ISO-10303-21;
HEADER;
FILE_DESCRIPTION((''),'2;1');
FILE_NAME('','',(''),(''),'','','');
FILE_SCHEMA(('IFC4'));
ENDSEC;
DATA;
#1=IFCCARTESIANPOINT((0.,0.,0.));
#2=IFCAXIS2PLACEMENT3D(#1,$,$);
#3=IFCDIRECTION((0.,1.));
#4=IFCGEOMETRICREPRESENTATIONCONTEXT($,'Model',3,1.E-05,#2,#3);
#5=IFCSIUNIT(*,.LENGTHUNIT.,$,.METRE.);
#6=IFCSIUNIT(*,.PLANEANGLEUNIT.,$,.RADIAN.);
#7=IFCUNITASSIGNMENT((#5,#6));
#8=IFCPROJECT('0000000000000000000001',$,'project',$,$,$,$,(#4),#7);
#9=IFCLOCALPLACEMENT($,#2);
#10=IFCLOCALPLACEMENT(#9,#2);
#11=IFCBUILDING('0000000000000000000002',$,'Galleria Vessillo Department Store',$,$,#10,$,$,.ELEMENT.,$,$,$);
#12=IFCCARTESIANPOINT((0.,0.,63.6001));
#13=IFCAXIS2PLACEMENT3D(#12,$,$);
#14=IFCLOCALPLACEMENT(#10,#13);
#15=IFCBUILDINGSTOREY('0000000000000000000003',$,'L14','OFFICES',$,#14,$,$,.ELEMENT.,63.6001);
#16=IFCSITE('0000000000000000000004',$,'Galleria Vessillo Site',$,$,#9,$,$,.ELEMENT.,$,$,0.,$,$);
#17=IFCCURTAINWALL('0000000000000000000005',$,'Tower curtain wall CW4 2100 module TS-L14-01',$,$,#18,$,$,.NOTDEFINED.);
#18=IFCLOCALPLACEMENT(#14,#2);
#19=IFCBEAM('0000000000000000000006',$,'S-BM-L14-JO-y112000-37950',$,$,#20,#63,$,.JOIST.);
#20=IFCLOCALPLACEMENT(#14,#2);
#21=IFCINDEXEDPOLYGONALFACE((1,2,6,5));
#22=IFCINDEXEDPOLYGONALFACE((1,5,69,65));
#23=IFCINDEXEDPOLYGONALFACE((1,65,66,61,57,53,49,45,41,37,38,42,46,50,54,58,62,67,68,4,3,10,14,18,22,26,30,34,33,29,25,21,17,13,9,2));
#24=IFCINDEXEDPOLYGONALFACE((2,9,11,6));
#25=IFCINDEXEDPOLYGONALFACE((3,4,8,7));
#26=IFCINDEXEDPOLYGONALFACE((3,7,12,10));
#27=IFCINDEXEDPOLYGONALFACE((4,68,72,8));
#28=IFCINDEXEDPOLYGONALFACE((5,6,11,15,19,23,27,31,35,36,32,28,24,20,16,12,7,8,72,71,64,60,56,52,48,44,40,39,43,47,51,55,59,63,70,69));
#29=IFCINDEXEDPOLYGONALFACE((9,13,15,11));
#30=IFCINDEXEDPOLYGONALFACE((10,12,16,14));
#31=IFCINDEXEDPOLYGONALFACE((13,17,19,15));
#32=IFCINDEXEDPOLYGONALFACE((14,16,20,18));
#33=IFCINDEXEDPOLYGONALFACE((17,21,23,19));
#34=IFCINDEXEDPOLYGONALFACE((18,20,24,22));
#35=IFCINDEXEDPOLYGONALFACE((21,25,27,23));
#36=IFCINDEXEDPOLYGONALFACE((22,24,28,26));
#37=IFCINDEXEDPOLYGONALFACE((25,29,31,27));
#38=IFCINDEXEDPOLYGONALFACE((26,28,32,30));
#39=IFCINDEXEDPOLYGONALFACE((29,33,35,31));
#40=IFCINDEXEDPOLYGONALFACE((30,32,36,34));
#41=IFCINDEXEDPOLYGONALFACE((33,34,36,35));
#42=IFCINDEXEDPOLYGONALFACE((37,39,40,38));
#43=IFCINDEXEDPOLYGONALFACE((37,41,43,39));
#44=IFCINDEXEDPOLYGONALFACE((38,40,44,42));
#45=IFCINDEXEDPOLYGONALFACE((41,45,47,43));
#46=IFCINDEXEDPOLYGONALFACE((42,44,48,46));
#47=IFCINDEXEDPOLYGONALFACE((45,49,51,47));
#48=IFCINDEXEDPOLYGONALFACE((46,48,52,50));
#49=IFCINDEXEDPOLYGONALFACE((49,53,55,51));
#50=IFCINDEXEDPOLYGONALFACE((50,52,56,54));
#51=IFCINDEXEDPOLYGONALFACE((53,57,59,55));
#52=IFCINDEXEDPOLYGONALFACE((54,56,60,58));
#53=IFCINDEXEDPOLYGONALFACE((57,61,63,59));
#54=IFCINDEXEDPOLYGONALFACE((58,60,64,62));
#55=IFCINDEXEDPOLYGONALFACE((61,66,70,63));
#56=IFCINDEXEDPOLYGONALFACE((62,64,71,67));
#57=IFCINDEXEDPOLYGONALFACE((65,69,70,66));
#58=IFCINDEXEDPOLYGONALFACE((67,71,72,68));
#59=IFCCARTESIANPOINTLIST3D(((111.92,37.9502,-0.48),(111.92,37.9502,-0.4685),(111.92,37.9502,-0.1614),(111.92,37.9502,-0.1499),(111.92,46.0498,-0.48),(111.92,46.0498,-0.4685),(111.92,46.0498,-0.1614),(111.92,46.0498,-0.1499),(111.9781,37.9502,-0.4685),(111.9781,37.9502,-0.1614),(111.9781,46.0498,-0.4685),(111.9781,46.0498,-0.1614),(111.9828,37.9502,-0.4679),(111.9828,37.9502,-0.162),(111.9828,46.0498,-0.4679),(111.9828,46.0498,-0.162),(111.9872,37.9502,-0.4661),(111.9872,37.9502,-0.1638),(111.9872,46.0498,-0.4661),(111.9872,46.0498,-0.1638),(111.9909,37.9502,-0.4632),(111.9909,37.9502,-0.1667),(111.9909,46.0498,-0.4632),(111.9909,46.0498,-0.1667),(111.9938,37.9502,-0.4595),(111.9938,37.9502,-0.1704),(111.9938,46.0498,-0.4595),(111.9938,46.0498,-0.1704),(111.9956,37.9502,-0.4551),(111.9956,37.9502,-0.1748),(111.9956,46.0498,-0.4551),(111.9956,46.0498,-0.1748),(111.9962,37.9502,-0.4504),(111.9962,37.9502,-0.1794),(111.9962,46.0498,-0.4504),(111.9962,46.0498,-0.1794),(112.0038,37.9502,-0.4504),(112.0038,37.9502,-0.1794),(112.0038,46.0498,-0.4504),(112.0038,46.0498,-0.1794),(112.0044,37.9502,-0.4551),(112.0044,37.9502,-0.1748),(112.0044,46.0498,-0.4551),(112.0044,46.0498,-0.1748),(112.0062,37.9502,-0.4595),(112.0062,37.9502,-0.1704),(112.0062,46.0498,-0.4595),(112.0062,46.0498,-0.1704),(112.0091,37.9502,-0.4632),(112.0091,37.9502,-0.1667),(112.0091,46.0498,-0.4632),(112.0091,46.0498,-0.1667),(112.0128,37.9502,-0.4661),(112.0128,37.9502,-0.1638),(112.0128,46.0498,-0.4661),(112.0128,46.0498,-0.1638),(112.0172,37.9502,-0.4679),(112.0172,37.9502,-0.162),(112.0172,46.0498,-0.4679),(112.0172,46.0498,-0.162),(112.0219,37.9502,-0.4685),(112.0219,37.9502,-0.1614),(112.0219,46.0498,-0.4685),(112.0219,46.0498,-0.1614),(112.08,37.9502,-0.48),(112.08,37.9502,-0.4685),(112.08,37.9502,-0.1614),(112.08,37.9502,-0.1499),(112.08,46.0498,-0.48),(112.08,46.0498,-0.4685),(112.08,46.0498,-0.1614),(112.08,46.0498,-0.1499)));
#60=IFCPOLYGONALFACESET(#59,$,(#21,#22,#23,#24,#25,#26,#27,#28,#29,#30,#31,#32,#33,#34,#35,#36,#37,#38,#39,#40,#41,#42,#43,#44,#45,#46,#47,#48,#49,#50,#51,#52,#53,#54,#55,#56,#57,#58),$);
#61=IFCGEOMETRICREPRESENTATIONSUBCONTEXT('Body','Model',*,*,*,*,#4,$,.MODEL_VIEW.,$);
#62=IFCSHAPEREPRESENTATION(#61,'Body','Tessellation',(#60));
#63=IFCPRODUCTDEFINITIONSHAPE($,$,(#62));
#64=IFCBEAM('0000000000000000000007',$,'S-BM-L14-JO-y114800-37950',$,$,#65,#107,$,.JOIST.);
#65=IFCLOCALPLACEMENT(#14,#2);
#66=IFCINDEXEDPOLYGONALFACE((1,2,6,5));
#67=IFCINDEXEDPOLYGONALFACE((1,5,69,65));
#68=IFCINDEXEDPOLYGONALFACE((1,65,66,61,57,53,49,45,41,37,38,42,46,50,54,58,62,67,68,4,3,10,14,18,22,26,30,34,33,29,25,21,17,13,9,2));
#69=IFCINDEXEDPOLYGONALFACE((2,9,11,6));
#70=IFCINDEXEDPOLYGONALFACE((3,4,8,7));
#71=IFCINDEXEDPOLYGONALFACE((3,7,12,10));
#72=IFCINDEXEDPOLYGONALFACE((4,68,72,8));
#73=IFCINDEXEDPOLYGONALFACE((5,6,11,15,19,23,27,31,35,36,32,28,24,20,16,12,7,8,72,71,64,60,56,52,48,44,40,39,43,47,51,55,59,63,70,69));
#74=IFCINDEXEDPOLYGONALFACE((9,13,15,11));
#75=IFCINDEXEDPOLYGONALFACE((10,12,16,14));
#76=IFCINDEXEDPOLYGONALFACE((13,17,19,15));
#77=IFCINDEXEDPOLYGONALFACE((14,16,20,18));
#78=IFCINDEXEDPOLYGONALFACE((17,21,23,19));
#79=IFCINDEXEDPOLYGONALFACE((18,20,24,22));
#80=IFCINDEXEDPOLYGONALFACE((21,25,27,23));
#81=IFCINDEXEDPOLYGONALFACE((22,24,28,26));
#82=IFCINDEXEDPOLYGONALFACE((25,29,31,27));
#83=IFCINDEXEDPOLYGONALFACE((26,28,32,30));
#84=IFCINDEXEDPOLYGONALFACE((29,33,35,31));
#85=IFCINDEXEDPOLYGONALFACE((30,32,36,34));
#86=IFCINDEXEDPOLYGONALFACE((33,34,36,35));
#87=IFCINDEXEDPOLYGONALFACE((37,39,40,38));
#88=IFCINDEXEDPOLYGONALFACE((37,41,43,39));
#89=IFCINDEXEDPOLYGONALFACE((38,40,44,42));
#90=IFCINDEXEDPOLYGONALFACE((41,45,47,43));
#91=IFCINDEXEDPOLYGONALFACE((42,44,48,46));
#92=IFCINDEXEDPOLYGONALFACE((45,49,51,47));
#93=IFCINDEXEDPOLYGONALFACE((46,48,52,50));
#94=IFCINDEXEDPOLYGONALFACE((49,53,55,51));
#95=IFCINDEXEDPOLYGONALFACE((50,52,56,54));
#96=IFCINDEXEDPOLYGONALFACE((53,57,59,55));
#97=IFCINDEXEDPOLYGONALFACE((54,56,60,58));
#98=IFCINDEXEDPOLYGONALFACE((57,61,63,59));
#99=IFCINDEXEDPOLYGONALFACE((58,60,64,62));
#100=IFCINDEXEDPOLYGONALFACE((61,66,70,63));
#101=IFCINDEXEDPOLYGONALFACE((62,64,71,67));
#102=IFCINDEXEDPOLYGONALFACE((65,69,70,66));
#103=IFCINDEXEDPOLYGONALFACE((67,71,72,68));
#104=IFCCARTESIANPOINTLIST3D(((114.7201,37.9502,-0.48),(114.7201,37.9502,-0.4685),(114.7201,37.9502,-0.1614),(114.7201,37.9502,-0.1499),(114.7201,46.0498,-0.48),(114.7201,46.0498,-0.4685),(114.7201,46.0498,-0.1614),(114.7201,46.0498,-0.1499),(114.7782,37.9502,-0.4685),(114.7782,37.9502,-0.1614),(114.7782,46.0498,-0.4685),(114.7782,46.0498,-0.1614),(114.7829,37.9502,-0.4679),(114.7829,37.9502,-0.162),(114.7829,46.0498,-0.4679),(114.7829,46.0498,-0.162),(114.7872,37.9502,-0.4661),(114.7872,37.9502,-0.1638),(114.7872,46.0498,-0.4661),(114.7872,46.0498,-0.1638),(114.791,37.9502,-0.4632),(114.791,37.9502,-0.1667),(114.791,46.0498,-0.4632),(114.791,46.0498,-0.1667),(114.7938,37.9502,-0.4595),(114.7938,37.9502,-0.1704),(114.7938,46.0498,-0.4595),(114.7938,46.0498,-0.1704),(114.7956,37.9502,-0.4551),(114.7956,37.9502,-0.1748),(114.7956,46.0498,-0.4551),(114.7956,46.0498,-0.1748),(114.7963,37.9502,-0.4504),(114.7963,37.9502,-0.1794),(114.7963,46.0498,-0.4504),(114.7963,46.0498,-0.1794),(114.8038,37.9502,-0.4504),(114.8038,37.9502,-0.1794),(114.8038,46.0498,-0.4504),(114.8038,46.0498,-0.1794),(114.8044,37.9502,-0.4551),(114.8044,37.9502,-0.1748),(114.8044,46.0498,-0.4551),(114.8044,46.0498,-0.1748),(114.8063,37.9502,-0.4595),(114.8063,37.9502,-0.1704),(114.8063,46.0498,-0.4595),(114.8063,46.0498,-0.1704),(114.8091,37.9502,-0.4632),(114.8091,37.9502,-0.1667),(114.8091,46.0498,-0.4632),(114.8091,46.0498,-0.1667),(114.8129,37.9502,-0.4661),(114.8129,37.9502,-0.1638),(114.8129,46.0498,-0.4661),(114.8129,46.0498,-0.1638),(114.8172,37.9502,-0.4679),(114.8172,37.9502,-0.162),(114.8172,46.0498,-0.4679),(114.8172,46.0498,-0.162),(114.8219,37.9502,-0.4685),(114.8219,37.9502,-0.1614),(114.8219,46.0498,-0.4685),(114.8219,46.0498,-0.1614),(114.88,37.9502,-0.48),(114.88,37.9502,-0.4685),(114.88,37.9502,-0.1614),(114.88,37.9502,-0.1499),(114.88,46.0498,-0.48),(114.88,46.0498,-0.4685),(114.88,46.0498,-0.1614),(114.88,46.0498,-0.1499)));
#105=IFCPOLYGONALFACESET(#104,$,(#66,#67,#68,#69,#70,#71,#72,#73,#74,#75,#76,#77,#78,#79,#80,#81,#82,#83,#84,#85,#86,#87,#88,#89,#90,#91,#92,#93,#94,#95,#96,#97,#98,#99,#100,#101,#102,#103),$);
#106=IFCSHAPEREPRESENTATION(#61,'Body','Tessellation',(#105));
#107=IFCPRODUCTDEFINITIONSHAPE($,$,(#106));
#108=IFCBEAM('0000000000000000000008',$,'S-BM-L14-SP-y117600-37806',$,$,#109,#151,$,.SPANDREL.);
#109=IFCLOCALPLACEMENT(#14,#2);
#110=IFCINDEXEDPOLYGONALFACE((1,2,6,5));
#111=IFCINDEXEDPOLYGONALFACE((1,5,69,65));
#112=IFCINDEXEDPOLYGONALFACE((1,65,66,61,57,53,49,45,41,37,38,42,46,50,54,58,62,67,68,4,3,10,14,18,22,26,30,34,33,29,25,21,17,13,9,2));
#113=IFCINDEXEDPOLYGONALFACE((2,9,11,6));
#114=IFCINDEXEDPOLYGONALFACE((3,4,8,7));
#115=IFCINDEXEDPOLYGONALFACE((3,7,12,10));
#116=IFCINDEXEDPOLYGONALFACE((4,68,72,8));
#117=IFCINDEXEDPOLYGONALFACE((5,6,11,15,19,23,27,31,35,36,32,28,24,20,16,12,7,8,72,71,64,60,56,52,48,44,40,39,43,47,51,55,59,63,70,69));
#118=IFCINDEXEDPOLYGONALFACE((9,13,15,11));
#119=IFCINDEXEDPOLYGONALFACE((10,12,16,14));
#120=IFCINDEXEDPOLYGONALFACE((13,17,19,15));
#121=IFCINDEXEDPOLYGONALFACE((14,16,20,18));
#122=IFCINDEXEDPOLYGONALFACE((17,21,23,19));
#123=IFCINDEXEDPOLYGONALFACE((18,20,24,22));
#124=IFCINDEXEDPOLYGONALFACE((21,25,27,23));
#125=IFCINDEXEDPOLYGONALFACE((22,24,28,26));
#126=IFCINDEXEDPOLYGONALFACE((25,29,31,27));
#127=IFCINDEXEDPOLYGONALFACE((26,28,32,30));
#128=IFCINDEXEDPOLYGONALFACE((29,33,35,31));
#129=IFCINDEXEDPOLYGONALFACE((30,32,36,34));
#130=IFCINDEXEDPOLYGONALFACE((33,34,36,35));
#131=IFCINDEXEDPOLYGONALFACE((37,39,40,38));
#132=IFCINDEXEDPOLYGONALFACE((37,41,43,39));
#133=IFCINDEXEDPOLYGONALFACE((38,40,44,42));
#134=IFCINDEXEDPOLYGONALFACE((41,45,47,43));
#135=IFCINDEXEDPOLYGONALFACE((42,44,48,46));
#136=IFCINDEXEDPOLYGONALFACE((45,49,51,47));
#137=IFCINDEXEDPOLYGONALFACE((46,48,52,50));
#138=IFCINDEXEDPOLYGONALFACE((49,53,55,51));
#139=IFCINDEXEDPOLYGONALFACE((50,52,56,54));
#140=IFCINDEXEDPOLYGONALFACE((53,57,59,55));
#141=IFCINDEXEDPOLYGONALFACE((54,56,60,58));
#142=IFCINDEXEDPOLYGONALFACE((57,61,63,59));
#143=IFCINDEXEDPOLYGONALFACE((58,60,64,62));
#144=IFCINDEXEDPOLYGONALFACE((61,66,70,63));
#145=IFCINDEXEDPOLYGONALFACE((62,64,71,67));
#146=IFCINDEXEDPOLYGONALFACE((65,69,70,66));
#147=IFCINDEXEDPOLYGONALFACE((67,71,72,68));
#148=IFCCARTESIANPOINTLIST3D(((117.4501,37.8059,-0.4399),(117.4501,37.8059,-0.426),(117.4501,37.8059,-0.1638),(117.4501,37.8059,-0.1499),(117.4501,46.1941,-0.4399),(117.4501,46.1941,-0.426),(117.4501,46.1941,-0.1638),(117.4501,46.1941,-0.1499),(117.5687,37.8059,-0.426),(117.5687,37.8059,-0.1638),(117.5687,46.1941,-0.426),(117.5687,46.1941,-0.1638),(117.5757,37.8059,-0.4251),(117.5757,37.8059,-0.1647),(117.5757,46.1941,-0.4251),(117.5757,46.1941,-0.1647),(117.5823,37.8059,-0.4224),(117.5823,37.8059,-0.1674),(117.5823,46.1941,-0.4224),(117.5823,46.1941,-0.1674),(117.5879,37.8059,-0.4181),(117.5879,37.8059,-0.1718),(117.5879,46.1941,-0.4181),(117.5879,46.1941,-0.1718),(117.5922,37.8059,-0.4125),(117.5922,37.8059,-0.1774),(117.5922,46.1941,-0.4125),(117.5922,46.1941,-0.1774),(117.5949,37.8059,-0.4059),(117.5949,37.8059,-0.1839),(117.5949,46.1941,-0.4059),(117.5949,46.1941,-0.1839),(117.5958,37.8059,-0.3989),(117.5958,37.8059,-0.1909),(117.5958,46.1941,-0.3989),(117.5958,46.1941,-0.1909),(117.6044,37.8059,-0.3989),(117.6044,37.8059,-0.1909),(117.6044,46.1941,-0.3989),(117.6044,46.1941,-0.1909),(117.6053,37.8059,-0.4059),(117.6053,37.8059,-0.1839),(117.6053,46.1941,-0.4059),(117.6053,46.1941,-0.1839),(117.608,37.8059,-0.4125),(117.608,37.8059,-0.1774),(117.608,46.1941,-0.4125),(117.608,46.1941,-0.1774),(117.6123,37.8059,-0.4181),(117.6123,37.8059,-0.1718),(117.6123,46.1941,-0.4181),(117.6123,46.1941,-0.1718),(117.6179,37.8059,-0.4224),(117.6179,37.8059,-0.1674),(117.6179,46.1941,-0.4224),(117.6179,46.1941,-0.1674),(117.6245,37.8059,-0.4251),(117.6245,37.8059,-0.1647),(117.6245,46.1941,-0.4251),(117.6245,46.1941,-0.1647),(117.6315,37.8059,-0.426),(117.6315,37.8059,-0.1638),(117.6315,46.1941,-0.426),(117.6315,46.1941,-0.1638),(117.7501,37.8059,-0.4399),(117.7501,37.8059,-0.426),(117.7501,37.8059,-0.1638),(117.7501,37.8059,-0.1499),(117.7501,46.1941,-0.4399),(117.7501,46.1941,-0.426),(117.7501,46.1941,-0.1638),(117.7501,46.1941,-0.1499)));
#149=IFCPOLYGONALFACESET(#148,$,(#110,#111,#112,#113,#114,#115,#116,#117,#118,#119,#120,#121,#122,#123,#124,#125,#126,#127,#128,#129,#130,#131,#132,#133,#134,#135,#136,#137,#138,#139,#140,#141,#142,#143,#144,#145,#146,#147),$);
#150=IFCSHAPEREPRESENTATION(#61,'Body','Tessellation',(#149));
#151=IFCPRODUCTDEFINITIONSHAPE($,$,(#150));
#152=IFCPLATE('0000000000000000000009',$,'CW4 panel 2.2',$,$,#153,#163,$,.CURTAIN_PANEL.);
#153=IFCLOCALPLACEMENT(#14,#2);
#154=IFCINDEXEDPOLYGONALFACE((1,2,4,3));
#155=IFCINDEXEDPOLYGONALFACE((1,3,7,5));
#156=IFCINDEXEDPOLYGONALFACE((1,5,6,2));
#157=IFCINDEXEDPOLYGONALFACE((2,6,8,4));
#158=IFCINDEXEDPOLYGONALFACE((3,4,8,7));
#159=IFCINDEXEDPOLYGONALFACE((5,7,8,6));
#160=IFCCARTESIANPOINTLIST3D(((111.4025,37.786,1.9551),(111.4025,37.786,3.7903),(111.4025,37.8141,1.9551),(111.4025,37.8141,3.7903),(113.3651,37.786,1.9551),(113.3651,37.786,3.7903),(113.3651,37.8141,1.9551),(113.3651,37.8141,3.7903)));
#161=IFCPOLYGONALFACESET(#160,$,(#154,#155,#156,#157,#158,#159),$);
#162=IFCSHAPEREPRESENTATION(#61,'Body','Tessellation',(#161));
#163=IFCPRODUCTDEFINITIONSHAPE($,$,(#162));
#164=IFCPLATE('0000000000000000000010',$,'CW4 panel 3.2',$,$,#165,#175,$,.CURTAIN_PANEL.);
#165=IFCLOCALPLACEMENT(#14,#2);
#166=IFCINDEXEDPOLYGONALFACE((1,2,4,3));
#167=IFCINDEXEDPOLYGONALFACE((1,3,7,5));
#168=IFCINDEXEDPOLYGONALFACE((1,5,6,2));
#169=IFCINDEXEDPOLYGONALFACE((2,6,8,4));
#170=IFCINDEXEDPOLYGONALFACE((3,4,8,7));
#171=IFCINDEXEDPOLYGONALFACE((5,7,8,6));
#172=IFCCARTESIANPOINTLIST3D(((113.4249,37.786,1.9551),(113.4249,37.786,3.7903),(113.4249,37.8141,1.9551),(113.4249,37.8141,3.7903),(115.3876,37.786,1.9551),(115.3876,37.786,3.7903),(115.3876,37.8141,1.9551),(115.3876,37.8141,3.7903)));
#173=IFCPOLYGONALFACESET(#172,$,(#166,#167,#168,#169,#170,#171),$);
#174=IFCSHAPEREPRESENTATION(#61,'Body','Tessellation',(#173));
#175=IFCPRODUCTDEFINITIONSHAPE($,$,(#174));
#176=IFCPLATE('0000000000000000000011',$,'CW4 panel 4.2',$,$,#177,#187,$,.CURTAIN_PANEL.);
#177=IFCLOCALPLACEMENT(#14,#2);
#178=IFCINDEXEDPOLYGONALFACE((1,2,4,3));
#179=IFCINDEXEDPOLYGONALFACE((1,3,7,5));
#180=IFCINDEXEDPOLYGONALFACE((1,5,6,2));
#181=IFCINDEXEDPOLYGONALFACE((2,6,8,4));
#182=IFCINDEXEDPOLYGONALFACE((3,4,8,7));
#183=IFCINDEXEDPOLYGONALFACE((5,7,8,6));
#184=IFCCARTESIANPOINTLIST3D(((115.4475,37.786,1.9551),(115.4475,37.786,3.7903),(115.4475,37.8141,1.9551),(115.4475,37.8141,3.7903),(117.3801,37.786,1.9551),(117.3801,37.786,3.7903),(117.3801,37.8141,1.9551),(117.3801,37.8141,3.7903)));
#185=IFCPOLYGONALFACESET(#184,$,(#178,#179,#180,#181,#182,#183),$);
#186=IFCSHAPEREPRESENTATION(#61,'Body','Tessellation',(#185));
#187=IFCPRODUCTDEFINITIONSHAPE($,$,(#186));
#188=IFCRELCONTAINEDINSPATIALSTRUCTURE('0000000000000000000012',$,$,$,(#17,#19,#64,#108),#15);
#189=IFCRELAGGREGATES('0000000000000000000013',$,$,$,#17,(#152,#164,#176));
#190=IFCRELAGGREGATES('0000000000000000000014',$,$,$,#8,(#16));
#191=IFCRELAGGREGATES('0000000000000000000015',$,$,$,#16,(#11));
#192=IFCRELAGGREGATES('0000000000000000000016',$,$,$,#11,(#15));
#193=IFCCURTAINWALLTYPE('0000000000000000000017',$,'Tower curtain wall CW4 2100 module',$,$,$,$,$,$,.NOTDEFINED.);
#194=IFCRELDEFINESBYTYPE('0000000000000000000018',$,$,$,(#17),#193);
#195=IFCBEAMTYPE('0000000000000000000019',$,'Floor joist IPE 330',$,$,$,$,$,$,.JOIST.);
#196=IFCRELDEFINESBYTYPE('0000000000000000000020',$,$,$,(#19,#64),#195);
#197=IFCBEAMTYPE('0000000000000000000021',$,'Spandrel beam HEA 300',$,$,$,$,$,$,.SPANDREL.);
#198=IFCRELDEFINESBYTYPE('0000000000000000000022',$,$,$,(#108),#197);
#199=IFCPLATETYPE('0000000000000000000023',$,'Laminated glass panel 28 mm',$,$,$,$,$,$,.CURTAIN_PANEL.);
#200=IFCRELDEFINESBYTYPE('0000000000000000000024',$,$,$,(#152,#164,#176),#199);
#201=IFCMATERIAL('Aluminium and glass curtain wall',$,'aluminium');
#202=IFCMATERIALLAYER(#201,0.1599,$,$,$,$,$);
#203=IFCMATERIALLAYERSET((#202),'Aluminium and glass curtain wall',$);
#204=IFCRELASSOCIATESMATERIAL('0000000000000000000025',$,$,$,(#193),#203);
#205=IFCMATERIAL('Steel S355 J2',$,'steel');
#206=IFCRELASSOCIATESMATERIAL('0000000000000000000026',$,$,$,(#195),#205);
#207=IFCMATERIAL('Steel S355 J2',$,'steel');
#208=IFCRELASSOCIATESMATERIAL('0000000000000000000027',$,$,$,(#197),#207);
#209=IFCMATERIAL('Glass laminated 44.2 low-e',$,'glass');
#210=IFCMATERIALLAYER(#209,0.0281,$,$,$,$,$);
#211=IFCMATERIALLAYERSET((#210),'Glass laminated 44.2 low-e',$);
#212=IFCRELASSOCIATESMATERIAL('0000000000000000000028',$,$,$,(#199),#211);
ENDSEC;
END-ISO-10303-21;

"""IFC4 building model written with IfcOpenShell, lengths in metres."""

from ifc_helpers import new_model, si_unit, direction, frame, origin, origin_2d, place, context, subcontext, project, spatial, rectangle, i_section, extrude, material, layer, layer_set, material_profile, profile_set, type_object, element, aggregate, save


model = new_model("IFC4")

# Units and contexts
model_context = context("Model", 3, precision=1e-05, world=origin(), true_north=direction((0.0, 1.0)))
body_context = subcontext(model_context, "Body", "Model", "MODEL_VIEW")
ifc_project = project(units=[si_unit("LENGTHUNIT", "METRE"), si_unit("PLANEANGLEUNIT", "RADIAN")], contexts=[model_context])

# Site, building, storey
site_placement = place(None, origin())
site = spatial("IfcSite", under=ifc_project, at=site_placement, Name="Galleria Vessillo Site", CompositionType="ELEMENT", RefElevation=0.0)
building_placement = place(site_placement, origin())
building = spatial("IfcBuilding", under=site, at=building_placement, Name="Galleria Vessillo Department Store", CompositionType="ELEMENT")
storey_placement = place(building_placement, frame((0.0, 0.0, 63.6001)))
storey = spatial("IfcBuildingStorey", under=building, at=storey_placement, Name="L14", Description="OFFICES", CompositionType="ELEMENT", Elevation=63.6001)

# Curtain wall
ifc_material_1 = material(Name="Aluminium and glass curtain wall", Category="aluminium")
ifc_layer_1 = layer(ifc_material_1, 0.1599)
ifc_layer_set_1 = layer_set([ifc_layer_1], Name="Aluminium and glass curtain wall")
curtain_wall_type = type_object("IfcCurtainWallType", Name="Tower curtain wall CW4 2100 module", PredefinedType="NOTDEFINED", material=ifc_layer_set_1)
curtain_wall_placement = place(storey_placement, origin())
curtain_wall = element("IfcCurtainWall", 1, at=curtain_wall_placement, inside=storey, type_object=curtain_wall_type, Name="Tower curtain wall CW4 2100 module TS-L14-01", PredefinedType="NOTDEFINED")

# Beams
ifc_material_2 = material(Name="Steel S355 J2", Category="steel")
ifc_material_profile_1 = material_profile(ifc_material_2, i_section(OverallWidth=0.1599, OverallDepth=0.3301, WebThickness=0.0076, FlangeThickness=0.0115, FilletRadius=0.0181, at=origin_2d()), Name="IPE 330")
ifc_profile_set_1 = profile_set([ifc_material_profile_1], Name="Steel S355 J2")
beam_type_1 = type_object("IfcBeamType", Name="Floor joist IPE 330", PredefinedType="JOIST", material=ifc_profile_set_1)
for number, where, z_axis, x_axis, name in (
    (2, (112.0, 37.9502, -0.3149), (0.0, 1.0, 0.0), (-1.0, 0.0, 0.0), "S-BM-L14-JO-y112000-37950"),
    (3, (114.8, 37.9502, -0.3149), (0.0, 1.0, 0.0), (-1.0, 0.0, 0.0), "S-BM-L14-JO-y114800-37950"),
):
    element("IfcBeam", number, at=place(storey_placement, frame(where, z_axis=z_axis, x_axis=x_axis)), inside=storey, type_object=beam_type_1, Name=name, PredefinedType="JOIST", context=body_context, shape_type="SweptSolid", body=[
        extrude(i_section(OverallWidth=0.1599, OverallDepth=0.3301, WebThickness=0.0076, FlangeThickness=0.0115, FilletRadius=0.0181, at=origin_2d()), origin(), (0.0, 0.0, 1.0), 8.0996),
    ])
ifc_material_3 = material(Name="Steel S355 J2", Category="steel")
ifc_material_profile_2 = material_profile(ifc_material_3, i_section(OverallWidth=0.3, OverallDepth=0.29, WebThickness=0.0085, FlangeThickness=0.0139, FilletRadius=0.0271, at=origin_2d()), Name="HEA 300")
ifc_profile_set_2 = profile_set([ifc_material_profile_2], Name="Steel S355 J2")
beam_type_2 = type_object("IfcBeamType", Name="Spandrel beam HEA 300", PredefinedType="SPANDREL", material=ifc_profile_set_2)
beam_placement = place(storey_placement, frame((117.6001, 37.8059, -0.2949), z_axis=(0.0, 1.0, 0.0), x_axis=(-1.0, 0.0, 0.0)))
element("IfcBeam", 4, at=beam_placement, inside=storey, type_object=beam_type_2, Name="S-BM-L14-SP-y117600-37806", PredefinedType="SPANDREL", context=body_context, shape_type="SweptSolid", body=[
    extrude(i_section(OverallWidth=0.3, OverallDepth=0.29, WebThickness=0.0085, FlangeThickness=0.0139, FilletRadius=0.0271, at=origin_2d()), origin(), (0.0, 0.0, 1.0), 8.3882),
])

# Plates
ifc_material_4 = material(Name="Glass laminated 44.2 low-e", Category="glass")
ifc_layer_2 = layer(ifc_material_4, 0.0281)
ifc_layer_set_2 = layer_set([ifc_layer_2], Name="Glass laminated 44.2 low-e")
plate_type_1 = type_object("IfcPlateType", Name="Laminated glass panel 28 mm", PredefinedType="CURTAIN_PANEL", material=ifc_layer_set_2)
plate_1_placement = place(storey_placement, frame((112.3838, 37.8, 1.9551), z_axis=(0.0, 0.0, 1.0), x_axis=(1.0, 0.0, 0.0)))
plate_1 = element("IfcPlate", 5, at=plate_1_placement, type_object=plate_type_1, Name="CW4 panel 2.2", PredefinedType="CURTAIN_PANEL", context=body_context, shape_type="SweptSolid", body=[
    extrude(rectangle(XDim=1.9626, YDim=0.0281, at=origin_2d()), origin(), (0.0, 0.0, 1.0), 1.8352),
])
plate_2_placement = place(storey_placement, frame((114.4062, 37.8, 1.9551), z_axis=(0.0, 0.0, 1.0), x_axis=(1.0, 0.0, 0.0)))
plate_2 = element("IfcPlate", 6, at=plate_2_placement, type_object=plate_type_1, Name="CW4 panel 3.2", PredefinedType="CURTAIN_PANEL", context=body_context, shape_type="SweptSolid", body=[
    extrude(rectangle(XDim=1.9626, YDim=0.0281, at=origin_2d()), origin(), (0.0, 0.0, 1.0), 1.8352),
])
plate_3_placement = place(storey_placement, frame((116.4138, 37.8, 1.9551), z_axis=(0.0, 0.0, 1.0), x_axis=(1.0, 0.0, 0.0)))
plate_3 = element("IfcPlate", 7, at=plate_3_placement, type_object=plate_type_1, Name="CW4 panel 4.2", PredefinedType="CURTAIN_PANEL", context=body_context, shape_type="SweptSolid", body=[
    extrude(rectangle(XDim=1.9326, YDim=0.0281, at=origin_2d()), origin(), (0.0, 0.0, 1.0), 1.8352),
])
aggregate(curtain_wall, [plate_1, plate_2, plate_3])

save(model, "model.ifc")
